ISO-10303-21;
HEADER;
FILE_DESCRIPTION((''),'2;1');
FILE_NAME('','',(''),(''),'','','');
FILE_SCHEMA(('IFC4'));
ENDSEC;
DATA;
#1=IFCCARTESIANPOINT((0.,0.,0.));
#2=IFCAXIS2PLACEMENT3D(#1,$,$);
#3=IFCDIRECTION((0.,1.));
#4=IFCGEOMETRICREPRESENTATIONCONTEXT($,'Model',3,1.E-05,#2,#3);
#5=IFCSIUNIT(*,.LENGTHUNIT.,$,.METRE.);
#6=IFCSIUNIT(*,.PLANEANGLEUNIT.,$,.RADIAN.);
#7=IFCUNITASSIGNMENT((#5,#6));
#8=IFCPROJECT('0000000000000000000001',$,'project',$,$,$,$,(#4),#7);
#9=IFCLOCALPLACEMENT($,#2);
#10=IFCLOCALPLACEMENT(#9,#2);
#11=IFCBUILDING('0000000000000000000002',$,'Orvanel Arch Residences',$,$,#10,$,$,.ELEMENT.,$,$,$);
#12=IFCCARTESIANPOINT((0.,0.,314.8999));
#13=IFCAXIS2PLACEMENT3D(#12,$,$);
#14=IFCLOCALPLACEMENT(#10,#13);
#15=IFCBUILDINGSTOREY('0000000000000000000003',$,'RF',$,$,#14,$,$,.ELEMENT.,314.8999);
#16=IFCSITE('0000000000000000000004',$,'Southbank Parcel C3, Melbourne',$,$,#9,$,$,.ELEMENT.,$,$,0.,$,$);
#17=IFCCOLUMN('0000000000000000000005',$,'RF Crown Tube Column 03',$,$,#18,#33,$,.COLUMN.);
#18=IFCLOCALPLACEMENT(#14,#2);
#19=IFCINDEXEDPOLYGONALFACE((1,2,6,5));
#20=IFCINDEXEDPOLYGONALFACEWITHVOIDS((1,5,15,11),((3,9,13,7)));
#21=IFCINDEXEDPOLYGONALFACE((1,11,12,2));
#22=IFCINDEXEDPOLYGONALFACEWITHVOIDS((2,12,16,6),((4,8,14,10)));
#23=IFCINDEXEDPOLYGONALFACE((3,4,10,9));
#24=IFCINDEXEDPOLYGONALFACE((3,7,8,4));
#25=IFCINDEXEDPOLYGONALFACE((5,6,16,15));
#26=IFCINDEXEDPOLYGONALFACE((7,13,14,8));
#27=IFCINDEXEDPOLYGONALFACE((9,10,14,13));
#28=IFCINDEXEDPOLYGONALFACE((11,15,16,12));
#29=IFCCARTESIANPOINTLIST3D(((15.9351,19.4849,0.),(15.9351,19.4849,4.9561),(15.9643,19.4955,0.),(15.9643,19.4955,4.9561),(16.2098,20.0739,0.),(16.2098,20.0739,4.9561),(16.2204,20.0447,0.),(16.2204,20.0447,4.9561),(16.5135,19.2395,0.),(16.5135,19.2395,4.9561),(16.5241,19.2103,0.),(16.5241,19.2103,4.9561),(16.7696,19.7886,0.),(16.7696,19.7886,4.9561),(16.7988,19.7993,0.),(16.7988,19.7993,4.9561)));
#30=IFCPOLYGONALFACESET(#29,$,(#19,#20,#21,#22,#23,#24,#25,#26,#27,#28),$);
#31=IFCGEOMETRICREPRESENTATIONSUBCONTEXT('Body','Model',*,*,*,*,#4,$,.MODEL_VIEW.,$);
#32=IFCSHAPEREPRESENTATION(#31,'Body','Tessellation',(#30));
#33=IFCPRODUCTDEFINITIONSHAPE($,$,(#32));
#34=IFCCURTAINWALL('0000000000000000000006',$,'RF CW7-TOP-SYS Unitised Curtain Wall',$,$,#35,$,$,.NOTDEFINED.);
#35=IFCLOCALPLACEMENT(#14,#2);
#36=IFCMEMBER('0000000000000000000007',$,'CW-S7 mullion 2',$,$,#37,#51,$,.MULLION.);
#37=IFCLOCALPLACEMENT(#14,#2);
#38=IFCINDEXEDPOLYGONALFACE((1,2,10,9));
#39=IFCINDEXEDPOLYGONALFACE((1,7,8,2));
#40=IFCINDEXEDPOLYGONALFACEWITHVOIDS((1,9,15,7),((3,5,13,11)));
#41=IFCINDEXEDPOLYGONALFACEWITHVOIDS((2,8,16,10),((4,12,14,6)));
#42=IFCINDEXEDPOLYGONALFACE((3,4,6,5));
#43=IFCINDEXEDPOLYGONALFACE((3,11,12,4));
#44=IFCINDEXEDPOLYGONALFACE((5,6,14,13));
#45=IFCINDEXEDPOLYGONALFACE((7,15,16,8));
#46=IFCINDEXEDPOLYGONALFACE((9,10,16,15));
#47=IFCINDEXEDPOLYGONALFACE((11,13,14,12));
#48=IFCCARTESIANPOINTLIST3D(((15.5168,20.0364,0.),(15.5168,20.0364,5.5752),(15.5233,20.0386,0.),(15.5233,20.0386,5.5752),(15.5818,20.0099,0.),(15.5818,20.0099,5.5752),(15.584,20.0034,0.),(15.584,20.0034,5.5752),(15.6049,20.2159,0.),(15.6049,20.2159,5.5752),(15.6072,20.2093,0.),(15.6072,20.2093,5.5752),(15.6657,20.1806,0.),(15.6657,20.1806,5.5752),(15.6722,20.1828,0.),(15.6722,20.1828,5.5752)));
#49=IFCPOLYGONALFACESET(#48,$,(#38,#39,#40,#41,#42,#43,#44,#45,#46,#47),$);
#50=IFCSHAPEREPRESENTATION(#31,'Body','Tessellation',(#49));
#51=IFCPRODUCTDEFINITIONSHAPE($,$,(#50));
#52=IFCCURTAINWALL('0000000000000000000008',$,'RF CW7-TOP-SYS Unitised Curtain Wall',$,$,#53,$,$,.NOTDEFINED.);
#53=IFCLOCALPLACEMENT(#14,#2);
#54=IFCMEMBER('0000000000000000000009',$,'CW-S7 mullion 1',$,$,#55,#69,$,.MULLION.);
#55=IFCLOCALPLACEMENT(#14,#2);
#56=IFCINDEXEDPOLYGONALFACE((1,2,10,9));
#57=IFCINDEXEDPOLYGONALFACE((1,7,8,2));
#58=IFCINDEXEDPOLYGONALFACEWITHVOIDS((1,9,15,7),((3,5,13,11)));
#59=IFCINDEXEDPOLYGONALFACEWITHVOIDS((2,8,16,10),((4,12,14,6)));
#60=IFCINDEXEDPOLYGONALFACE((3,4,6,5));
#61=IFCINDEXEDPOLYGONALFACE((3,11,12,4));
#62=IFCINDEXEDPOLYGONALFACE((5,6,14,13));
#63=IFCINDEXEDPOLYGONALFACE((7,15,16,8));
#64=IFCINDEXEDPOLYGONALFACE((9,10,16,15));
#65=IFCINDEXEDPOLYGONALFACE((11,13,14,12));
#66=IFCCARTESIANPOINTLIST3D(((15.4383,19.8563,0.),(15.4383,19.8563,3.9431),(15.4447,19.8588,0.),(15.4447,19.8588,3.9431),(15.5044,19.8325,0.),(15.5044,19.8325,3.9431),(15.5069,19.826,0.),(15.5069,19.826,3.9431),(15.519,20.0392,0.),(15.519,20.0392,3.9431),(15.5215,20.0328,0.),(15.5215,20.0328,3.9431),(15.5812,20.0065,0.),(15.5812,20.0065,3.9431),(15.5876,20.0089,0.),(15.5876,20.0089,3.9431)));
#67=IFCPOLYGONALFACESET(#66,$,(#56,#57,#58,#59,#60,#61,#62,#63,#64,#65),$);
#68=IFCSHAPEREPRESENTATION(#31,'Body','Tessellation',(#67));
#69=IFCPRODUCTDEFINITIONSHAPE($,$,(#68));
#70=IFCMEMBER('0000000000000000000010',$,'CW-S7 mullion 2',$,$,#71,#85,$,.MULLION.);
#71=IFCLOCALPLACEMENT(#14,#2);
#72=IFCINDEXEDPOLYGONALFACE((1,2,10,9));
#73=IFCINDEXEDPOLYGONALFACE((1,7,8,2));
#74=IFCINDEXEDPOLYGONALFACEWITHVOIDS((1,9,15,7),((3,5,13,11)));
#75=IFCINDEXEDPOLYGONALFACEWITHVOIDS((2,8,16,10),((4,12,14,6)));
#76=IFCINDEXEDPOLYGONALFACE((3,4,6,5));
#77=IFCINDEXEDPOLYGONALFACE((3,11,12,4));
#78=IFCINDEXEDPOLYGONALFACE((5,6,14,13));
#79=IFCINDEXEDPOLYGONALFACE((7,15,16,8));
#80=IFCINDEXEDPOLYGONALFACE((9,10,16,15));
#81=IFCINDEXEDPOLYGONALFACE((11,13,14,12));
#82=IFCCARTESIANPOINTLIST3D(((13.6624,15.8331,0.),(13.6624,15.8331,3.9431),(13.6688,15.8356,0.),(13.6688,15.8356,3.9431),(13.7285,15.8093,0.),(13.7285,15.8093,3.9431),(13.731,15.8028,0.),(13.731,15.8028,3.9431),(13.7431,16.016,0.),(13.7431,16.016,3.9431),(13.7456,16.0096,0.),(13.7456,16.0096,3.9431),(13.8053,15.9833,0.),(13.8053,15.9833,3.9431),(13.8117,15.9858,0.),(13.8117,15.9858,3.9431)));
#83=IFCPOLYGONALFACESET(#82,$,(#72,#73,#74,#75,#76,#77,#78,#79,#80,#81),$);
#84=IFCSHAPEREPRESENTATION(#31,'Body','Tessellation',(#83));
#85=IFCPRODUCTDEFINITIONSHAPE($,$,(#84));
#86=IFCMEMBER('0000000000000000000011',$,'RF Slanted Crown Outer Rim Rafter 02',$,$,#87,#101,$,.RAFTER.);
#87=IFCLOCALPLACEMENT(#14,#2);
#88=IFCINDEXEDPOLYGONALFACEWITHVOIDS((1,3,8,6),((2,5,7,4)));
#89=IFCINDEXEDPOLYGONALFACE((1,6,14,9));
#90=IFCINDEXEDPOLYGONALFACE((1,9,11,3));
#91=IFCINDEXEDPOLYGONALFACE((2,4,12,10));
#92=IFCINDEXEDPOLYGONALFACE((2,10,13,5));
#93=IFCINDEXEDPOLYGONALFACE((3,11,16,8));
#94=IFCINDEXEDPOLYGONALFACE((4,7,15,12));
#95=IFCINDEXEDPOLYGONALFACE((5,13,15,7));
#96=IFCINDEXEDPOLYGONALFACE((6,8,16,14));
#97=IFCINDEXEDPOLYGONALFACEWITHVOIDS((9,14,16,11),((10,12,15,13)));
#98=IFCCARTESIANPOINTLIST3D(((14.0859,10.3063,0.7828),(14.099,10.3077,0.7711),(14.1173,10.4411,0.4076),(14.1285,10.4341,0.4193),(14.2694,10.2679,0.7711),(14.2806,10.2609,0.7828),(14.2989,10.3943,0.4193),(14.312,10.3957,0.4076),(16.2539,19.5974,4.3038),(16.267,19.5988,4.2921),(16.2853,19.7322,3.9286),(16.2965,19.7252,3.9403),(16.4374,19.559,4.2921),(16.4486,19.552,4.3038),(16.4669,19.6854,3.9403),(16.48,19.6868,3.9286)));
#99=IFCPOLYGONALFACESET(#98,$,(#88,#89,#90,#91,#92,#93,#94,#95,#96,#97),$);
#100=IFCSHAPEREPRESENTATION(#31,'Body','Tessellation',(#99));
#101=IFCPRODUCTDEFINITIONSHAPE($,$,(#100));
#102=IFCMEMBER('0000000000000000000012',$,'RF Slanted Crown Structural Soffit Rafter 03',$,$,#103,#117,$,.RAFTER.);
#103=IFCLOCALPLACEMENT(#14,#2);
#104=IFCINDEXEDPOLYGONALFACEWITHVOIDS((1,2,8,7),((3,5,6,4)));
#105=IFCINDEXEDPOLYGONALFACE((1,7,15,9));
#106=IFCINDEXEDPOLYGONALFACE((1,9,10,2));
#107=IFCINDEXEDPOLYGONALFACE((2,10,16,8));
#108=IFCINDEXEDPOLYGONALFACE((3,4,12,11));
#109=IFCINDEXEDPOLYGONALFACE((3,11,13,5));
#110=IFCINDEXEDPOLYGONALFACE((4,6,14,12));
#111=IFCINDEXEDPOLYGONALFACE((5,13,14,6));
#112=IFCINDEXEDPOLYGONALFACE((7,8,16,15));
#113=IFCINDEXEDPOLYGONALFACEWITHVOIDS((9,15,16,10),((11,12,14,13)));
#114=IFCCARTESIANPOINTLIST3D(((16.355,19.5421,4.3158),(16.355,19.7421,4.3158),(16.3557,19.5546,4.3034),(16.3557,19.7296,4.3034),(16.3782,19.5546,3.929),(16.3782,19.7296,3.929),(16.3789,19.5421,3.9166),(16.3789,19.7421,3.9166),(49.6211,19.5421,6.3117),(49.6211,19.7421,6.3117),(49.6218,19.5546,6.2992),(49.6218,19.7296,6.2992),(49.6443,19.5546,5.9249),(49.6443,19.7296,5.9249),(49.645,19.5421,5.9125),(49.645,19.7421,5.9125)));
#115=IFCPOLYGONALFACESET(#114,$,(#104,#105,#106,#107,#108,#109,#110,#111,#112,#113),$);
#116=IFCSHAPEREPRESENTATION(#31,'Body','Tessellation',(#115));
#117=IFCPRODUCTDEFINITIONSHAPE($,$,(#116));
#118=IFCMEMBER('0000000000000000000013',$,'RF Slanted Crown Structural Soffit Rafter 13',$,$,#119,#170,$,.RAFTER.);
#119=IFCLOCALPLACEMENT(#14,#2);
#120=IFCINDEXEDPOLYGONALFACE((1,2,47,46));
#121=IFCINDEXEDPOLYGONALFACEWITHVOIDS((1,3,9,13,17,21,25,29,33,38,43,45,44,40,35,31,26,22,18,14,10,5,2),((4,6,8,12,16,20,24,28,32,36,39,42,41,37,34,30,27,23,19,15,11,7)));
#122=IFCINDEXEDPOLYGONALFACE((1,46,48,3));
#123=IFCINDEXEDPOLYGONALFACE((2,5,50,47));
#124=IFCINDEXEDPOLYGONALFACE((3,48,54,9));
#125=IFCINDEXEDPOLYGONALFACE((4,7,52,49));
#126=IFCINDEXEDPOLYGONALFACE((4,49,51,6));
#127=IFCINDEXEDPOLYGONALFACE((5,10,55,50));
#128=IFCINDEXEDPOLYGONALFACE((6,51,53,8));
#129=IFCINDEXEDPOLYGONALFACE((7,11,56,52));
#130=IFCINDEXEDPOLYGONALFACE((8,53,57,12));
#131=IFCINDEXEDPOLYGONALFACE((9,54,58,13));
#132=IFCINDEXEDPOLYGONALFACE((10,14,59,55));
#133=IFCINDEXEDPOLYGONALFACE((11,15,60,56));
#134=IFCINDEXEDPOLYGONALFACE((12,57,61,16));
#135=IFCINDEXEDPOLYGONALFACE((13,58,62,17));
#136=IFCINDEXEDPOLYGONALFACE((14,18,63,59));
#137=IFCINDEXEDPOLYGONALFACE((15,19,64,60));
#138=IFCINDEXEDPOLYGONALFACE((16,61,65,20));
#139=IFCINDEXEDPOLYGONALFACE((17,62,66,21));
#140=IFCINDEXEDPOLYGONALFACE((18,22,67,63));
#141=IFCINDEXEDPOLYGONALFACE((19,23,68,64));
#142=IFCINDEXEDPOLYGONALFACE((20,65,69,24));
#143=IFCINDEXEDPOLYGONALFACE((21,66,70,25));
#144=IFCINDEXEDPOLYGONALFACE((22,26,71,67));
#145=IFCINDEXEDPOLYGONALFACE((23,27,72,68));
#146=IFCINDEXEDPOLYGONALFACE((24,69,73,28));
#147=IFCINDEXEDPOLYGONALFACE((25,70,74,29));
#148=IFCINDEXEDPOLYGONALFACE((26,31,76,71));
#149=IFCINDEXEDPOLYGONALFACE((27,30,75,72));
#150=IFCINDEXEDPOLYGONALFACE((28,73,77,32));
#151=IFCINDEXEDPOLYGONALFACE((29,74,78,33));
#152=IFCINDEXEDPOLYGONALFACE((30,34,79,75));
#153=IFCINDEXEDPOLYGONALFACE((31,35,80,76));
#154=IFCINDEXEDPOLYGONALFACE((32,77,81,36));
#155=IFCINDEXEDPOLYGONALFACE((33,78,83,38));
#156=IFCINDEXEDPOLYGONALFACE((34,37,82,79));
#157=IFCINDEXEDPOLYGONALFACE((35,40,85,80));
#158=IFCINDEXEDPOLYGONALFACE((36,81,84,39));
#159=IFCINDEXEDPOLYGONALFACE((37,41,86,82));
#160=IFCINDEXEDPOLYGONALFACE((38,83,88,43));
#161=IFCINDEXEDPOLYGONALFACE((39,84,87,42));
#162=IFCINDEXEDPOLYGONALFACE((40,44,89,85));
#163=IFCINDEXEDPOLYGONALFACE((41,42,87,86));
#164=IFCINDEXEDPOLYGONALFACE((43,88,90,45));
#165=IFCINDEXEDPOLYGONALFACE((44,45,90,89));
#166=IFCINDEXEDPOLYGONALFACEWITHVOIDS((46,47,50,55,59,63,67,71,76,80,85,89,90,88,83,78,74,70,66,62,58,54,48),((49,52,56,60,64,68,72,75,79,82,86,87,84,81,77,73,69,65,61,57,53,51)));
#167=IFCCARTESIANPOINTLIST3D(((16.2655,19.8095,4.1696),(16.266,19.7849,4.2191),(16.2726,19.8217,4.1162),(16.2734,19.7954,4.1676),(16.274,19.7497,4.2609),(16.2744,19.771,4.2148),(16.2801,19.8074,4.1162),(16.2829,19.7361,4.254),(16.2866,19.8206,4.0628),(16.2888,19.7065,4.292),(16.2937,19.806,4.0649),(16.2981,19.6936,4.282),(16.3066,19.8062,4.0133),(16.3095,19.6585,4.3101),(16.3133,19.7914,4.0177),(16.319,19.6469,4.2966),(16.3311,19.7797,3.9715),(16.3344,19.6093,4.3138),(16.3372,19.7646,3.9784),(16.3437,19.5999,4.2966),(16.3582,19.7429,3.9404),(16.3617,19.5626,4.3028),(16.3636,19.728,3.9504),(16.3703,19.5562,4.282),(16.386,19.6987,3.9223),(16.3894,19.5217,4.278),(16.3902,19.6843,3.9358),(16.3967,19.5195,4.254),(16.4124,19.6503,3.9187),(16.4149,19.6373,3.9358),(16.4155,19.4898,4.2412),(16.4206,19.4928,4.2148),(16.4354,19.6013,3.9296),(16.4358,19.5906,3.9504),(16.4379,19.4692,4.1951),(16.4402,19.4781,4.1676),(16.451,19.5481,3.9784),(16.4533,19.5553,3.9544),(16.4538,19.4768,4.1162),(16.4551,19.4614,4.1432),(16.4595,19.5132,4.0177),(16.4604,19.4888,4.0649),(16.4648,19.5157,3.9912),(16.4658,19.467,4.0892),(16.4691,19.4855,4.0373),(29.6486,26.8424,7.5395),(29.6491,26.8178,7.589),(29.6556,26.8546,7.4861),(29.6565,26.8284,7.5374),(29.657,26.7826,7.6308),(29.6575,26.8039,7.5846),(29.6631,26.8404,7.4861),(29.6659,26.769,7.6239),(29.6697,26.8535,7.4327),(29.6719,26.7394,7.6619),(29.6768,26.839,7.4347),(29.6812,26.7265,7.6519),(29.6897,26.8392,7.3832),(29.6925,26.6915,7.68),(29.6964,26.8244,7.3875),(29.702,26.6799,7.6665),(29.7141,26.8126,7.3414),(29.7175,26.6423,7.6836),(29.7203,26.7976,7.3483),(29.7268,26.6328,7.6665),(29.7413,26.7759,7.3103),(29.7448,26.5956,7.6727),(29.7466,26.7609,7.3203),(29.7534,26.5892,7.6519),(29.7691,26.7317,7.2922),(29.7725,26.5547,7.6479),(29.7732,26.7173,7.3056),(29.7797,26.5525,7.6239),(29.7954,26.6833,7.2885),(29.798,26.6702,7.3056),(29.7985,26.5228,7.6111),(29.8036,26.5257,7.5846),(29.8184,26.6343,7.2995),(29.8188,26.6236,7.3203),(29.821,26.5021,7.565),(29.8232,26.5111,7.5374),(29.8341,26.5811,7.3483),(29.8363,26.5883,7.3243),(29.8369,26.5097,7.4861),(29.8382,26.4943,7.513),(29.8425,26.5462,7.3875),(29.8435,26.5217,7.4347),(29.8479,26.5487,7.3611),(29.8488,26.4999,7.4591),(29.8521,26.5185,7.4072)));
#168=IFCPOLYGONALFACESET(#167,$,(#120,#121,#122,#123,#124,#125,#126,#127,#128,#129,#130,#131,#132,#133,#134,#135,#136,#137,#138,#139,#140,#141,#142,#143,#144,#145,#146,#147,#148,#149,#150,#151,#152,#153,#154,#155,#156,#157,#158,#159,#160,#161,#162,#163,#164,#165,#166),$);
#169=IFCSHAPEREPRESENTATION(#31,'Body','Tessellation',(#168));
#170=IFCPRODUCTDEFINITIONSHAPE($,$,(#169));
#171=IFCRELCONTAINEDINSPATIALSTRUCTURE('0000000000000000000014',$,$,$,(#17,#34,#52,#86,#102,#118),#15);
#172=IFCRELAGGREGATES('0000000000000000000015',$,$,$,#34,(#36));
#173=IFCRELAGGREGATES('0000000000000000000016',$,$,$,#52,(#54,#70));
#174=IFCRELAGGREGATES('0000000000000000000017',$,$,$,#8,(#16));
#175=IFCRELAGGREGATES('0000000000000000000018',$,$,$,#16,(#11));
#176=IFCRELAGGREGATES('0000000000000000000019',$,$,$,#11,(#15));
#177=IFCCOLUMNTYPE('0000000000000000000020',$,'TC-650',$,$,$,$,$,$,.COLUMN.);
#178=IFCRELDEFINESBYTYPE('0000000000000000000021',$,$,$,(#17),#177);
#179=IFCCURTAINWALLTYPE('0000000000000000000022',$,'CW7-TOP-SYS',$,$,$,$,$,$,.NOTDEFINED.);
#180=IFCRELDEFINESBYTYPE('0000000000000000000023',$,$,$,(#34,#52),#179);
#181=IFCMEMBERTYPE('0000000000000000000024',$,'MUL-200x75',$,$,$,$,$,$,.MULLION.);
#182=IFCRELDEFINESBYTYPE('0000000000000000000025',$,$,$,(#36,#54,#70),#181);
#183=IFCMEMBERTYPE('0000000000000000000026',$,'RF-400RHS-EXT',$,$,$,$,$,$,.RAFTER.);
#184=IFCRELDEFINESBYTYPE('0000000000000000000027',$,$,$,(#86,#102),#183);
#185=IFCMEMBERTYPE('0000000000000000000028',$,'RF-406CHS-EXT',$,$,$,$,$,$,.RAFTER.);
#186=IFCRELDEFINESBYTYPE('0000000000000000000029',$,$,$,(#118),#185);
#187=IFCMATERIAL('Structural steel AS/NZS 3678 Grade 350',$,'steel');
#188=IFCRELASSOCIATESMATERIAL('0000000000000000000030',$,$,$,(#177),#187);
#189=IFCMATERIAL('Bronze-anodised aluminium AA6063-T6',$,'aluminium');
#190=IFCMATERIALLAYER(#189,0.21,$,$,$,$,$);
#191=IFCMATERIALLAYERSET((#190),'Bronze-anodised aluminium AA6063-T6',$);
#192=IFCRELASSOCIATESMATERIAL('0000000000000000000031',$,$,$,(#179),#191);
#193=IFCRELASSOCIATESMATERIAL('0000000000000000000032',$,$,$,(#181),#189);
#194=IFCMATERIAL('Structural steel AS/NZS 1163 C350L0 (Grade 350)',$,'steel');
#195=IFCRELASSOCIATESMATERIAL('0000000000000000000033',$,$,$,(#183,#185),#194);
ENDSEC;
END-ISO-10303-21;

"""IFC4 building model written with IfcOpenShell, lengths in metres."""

from ifc_helpers import new_model, si_unit, direction, frame, origin, origin_2d, place, context, subcontext, project, spatial, hollow_rectangle, hollow_circle, extrude, material, layer, layer_set, material_profile, profile_set, type_object, element, aggregate, save


model = new_model("IFC4")

# Units and contexts
model_context = context("Model", 3, precision=1e-05, world=origin(), true_north=direction((0.0, 1.0)))
body_context = subcontext(model_context, "Body", "Model", "MODEL_VIEW")
ifc_project = project(units=[si_unit("LENGTHUNIT", "METRE"), si_unit("PLANEANGLEUNIT", "RADIAN")], contexts=[model_context])

# Site, building, storey
site_placement = place(None, origin())
site = spatial("IfcSite", under=ifc_project, at=site_placement, Name="Southbank Parcel C3, Melbourne", CompositionType="ELEMENT", RefElevation=0.0)
building_placement = place(site_placement, origin())
building = spatial("IfcBuilding", under=site, at=building_placement, Name="Orvanel Arch Residences", CompositionType="ELEMENT")
storey_placement = place(building_placement, frame((0.0, 0.0, 314.8999)))
storey = spatial("IfcBuildingStorey", under=building, at=storey_placement, Name="RF", CompositionType="ELEMENT", Elevation=314.8999)

# Column
ifc_material_1 = material(Name="Structural steel AS/NZS 3678 Grade 350", Category="steel")
ifc_material_profile_1 = material_profile(ifc_material_1, hollow_rectangle(XDim=0.6499, YDim=0.6499, WallThickness=0.022, at=origin_2d()), Name="BOX650x650x22")
ifc_profile_set_1 = profile_set([ifc_material_profile_1], Name="Structural steel AS/NZS 3678 Grade 350")
column_type = type_object("IfcColumnType", Name="TC-650", PredefinedType="COLUMN", material=ifc_profile_set_1)
column_placement = place(storey_placement, frame((16.3669, 19.6421, 0.0), z_axis=(0.0, 0.0, 1.0), x_axis=(0.422618, 0.906308, 0.0)))
element("IfcColumn", 1, at=column_placement, inside=storey, type_object=column_type, Name="RF Crown Tube Column 03", PredefinedType="COLUMN", context=body_context, shape_type="SweptSolid", body=[
    extrude(hollow_rectangle(XDim=0.6499, YDim=0.6499, WallThickness=0.022, at=origin_2d()), origin(), (0.0, 0.0, 1.0), 4.9561),
])

# Curtain wall, member
ifc_material_2 = material(Name="Bronze-anodised aluminium AA6063-T6", Category="aluminium")
ifc_layer_1 = layer(ifc_material_2, 0.21)
ifc_layer_set_1 = layer_set([ifc_layer_1], Name="Bronze-anodised aluminium AA6063-T6")
curtain_wall_type = type_object("IfcCurtainWallType", Name="CW7-TOP-SYS", PredefinedType="NOTDEFINED", material=ifc_layer_set_1)
curtain_wall_1_placement = place(storey_placement, origin())
curtain_wall_1 = element("IfcCurtainWall", 2, at=curtain_wall_1_placement, inside=storey, type_object=curtain_wall_type, Name="RF CW7-TOP-SYS Unitised Curtain Wall", PredefinedType="NOTDEFINED")
ifc_material_profile_2 = material_profile(ifc_material_2, hollow_rectangle(XDim=0.075, YDim=0.2, WallThickness=0.0049, at=origin_2d()), Name="ALU200x75x5")
ifc_profile_set_2 = profile_set([ifc_material_profile_2], Name="Bronze-anodised aluminium AA6063-T6")
member_type_1 = type_object("IfcMemberType", Name="MUL-200x75", PredefinedType="MULLION", material=ifc_profile_set_2)
member_1_placement = place(storey_placement, frame((15.5945, 20.1096, 0.0), z_axis=(0.0, 0.0, 1.0), x_axis=(0.897504, -0.441005, 0.0)))
member_1 = element("IfcMember", 3, at=member_1_placement, type_object=member_type_1, Name="CW-S7 mullion 2", PredefinedType="MULLION", context=body_context, shape_type="SweptSolid", body=[
    extrude(hollow_rectangle(XDim=0.075, YDim=0.2, WallThickness=0.0049, at=origin_2d()), origin(), (0.0, 0.0, 1.0), 5.5752),
])

# Curtain wall, members
curtain_wall_2_placement = place(storey_placement, origin())
curtain_wall_2 = element("IfcCurtainWall", 4, at=curtain_wall_2_placement, inside=storey, type_object=curtain_wall_type, Name="RF CW7-TOP-SYS Unitised Curtain Wall", PredefinedType="NOTDEFINED")
member_2_placement = place(storey_placement, frame((15.5129, 19.9326, 0.0), z_axis=(0.0, 0.0, 1.0), x_axis=(0.91486, -0.403772, 0.0)))
member_2 = element("IfcMember", 5, at=member_2_placement, type_object=member_type_1, Name="CW-S7 mullion 1", PredefinedType="MULLION", context=body_context, shape_type="SweptSolid", body=[
    extrude(hollow_rectangle(XDim=0.075, YDim=0.2, WallThickness=0.0049, at=origin_2d()), origin(), (0.0, 0.0, 1.0), 3.9431),
])
member_3_placement = place(storey_placement, frame((13.7371, 15.9094, 0.0), z_axis=(0.0, 0.0, 1.0), x_axis=(0.91486, -0.403772, 0.0)))
member_3 = element("IfcMember", 6, at=member_3_placement, type_object=member_type_1, Name="CW-S7 mullion 2", PredefinedType="MULLION", context=body_context, shape_type="SweptSolid", body=[
    extrude(hollow_rectangle(XDim=0.075, YDim=0.2, WallThickness=0.0049, at=origin_2d()), origin(), (0.0, 0.0, 1.0), 3.9431),
])

# Members
ifc_material_3 = material(Name="Structural steel AS/NZS 1163 C350L0 (Grade 350)", Category="steel")
ifc_material_profile_3 = material_profile(ifc_material_3, hollow_rectangle(XDim=0.2, YDim=0.3999, WallThickness=0.0125, at=origin_2d()), Name="RHS400x200x12.5")
ifc_profile_set_3 = profile_set([ifc_material_profile_3], Name="Structural steel AS/NZS 1163 C350L0 (Grade 350)")
member_type_2 = type_object("IfcMemberType", Name="RF-400RHS-EXT", PredefinedType="RAFTER", material=ifc_profile_set_3)
member_4_placement = place(storey_placement, frame((16.3669, 19.6421, 4.1162), z_axis=(-0.213182, -0.913608, -0.346228), x_axis=(0.97384, -0.227236, 0.0)))
element("IfcMember", 7, at=member_4_placement, inside=storey, type_object=member_type_2, Name="RF Slanted Crown Outer Rim Rafter 02", PredefinedType="RAFTER", context=body_context, shape_type="SweptSolid", body=[
    extrude(hollow_rectangle(XDim=0.2, YDim=0.3999, WallThickness=0.0125, at=origin_2d()), origin(), (0.0, 0.0, 1.0), 10.1697),
])
member_5_placement = place(storey_placement, frame((16.3669, 19.6421, 4.1162), z_axis=(0.998205, 0.0, 0.059889), x_axis=(0.0, 1.0, 0.0)))
element("IfcMember", 8, at=member_5_placement, inside=storey, type_object=member_type_2, Name="RF Slanted Crown Structural Soffit Rafter 03", PredefinedType="RAFTER", context=body_context, shape_type="SweptSolid", body=[
    extrude(hollow_rectangle(XDim=0.2, YDim=0.3999, WallThickness=0.0125, at=origin_2d()), origin(), (0.0, 0.0, 1.0), 33.3259),
])
ifc_material_profile_4 = material_profile(ifc_material_3, hollow_circle(Radius=0.2029, WallThickness=0.0161, at=origin_2d()), Name="CHS406x16")
ifc_profile_set_4 = profile_set([ifc_material_profile_4], Name="Structural steel AS/NZS 1163 C350L0 (Grade 350)")
member_type_3 = type_object("IfcMemberType", Name="RF-406CHS-EXT", PredefinedType="RAFTER", material=ifc_profile_set_4)
member_6_placement = place(storey_placement, frame((16.3669, 19.6421, 4.1162), z_axis=(0.864008, 0.454047, 0.217558), x_axis=(-0.465189, 0.885211, 0.0)))
element("IfcMember", 9, at=member_6_placement, inside=storey, type_object=member_type_3, Name="RF Slanted Crown Structural Soffit Rafter 13", PredefinedType="RAFTER", context=body_context, shape_type="SweptSolid", body=[
    extrude(hollow_circle(Radius=0.2029, WallThickness=0.0161, at=origin_2d()), origin(), (0.0, 0.0, 1.0), 15.4895),
])

aggregate(curtain_wall_1, [member_1])
aggregate(curtain_wall_2, [member_2, member_3])

save(model, "model.ifc")
